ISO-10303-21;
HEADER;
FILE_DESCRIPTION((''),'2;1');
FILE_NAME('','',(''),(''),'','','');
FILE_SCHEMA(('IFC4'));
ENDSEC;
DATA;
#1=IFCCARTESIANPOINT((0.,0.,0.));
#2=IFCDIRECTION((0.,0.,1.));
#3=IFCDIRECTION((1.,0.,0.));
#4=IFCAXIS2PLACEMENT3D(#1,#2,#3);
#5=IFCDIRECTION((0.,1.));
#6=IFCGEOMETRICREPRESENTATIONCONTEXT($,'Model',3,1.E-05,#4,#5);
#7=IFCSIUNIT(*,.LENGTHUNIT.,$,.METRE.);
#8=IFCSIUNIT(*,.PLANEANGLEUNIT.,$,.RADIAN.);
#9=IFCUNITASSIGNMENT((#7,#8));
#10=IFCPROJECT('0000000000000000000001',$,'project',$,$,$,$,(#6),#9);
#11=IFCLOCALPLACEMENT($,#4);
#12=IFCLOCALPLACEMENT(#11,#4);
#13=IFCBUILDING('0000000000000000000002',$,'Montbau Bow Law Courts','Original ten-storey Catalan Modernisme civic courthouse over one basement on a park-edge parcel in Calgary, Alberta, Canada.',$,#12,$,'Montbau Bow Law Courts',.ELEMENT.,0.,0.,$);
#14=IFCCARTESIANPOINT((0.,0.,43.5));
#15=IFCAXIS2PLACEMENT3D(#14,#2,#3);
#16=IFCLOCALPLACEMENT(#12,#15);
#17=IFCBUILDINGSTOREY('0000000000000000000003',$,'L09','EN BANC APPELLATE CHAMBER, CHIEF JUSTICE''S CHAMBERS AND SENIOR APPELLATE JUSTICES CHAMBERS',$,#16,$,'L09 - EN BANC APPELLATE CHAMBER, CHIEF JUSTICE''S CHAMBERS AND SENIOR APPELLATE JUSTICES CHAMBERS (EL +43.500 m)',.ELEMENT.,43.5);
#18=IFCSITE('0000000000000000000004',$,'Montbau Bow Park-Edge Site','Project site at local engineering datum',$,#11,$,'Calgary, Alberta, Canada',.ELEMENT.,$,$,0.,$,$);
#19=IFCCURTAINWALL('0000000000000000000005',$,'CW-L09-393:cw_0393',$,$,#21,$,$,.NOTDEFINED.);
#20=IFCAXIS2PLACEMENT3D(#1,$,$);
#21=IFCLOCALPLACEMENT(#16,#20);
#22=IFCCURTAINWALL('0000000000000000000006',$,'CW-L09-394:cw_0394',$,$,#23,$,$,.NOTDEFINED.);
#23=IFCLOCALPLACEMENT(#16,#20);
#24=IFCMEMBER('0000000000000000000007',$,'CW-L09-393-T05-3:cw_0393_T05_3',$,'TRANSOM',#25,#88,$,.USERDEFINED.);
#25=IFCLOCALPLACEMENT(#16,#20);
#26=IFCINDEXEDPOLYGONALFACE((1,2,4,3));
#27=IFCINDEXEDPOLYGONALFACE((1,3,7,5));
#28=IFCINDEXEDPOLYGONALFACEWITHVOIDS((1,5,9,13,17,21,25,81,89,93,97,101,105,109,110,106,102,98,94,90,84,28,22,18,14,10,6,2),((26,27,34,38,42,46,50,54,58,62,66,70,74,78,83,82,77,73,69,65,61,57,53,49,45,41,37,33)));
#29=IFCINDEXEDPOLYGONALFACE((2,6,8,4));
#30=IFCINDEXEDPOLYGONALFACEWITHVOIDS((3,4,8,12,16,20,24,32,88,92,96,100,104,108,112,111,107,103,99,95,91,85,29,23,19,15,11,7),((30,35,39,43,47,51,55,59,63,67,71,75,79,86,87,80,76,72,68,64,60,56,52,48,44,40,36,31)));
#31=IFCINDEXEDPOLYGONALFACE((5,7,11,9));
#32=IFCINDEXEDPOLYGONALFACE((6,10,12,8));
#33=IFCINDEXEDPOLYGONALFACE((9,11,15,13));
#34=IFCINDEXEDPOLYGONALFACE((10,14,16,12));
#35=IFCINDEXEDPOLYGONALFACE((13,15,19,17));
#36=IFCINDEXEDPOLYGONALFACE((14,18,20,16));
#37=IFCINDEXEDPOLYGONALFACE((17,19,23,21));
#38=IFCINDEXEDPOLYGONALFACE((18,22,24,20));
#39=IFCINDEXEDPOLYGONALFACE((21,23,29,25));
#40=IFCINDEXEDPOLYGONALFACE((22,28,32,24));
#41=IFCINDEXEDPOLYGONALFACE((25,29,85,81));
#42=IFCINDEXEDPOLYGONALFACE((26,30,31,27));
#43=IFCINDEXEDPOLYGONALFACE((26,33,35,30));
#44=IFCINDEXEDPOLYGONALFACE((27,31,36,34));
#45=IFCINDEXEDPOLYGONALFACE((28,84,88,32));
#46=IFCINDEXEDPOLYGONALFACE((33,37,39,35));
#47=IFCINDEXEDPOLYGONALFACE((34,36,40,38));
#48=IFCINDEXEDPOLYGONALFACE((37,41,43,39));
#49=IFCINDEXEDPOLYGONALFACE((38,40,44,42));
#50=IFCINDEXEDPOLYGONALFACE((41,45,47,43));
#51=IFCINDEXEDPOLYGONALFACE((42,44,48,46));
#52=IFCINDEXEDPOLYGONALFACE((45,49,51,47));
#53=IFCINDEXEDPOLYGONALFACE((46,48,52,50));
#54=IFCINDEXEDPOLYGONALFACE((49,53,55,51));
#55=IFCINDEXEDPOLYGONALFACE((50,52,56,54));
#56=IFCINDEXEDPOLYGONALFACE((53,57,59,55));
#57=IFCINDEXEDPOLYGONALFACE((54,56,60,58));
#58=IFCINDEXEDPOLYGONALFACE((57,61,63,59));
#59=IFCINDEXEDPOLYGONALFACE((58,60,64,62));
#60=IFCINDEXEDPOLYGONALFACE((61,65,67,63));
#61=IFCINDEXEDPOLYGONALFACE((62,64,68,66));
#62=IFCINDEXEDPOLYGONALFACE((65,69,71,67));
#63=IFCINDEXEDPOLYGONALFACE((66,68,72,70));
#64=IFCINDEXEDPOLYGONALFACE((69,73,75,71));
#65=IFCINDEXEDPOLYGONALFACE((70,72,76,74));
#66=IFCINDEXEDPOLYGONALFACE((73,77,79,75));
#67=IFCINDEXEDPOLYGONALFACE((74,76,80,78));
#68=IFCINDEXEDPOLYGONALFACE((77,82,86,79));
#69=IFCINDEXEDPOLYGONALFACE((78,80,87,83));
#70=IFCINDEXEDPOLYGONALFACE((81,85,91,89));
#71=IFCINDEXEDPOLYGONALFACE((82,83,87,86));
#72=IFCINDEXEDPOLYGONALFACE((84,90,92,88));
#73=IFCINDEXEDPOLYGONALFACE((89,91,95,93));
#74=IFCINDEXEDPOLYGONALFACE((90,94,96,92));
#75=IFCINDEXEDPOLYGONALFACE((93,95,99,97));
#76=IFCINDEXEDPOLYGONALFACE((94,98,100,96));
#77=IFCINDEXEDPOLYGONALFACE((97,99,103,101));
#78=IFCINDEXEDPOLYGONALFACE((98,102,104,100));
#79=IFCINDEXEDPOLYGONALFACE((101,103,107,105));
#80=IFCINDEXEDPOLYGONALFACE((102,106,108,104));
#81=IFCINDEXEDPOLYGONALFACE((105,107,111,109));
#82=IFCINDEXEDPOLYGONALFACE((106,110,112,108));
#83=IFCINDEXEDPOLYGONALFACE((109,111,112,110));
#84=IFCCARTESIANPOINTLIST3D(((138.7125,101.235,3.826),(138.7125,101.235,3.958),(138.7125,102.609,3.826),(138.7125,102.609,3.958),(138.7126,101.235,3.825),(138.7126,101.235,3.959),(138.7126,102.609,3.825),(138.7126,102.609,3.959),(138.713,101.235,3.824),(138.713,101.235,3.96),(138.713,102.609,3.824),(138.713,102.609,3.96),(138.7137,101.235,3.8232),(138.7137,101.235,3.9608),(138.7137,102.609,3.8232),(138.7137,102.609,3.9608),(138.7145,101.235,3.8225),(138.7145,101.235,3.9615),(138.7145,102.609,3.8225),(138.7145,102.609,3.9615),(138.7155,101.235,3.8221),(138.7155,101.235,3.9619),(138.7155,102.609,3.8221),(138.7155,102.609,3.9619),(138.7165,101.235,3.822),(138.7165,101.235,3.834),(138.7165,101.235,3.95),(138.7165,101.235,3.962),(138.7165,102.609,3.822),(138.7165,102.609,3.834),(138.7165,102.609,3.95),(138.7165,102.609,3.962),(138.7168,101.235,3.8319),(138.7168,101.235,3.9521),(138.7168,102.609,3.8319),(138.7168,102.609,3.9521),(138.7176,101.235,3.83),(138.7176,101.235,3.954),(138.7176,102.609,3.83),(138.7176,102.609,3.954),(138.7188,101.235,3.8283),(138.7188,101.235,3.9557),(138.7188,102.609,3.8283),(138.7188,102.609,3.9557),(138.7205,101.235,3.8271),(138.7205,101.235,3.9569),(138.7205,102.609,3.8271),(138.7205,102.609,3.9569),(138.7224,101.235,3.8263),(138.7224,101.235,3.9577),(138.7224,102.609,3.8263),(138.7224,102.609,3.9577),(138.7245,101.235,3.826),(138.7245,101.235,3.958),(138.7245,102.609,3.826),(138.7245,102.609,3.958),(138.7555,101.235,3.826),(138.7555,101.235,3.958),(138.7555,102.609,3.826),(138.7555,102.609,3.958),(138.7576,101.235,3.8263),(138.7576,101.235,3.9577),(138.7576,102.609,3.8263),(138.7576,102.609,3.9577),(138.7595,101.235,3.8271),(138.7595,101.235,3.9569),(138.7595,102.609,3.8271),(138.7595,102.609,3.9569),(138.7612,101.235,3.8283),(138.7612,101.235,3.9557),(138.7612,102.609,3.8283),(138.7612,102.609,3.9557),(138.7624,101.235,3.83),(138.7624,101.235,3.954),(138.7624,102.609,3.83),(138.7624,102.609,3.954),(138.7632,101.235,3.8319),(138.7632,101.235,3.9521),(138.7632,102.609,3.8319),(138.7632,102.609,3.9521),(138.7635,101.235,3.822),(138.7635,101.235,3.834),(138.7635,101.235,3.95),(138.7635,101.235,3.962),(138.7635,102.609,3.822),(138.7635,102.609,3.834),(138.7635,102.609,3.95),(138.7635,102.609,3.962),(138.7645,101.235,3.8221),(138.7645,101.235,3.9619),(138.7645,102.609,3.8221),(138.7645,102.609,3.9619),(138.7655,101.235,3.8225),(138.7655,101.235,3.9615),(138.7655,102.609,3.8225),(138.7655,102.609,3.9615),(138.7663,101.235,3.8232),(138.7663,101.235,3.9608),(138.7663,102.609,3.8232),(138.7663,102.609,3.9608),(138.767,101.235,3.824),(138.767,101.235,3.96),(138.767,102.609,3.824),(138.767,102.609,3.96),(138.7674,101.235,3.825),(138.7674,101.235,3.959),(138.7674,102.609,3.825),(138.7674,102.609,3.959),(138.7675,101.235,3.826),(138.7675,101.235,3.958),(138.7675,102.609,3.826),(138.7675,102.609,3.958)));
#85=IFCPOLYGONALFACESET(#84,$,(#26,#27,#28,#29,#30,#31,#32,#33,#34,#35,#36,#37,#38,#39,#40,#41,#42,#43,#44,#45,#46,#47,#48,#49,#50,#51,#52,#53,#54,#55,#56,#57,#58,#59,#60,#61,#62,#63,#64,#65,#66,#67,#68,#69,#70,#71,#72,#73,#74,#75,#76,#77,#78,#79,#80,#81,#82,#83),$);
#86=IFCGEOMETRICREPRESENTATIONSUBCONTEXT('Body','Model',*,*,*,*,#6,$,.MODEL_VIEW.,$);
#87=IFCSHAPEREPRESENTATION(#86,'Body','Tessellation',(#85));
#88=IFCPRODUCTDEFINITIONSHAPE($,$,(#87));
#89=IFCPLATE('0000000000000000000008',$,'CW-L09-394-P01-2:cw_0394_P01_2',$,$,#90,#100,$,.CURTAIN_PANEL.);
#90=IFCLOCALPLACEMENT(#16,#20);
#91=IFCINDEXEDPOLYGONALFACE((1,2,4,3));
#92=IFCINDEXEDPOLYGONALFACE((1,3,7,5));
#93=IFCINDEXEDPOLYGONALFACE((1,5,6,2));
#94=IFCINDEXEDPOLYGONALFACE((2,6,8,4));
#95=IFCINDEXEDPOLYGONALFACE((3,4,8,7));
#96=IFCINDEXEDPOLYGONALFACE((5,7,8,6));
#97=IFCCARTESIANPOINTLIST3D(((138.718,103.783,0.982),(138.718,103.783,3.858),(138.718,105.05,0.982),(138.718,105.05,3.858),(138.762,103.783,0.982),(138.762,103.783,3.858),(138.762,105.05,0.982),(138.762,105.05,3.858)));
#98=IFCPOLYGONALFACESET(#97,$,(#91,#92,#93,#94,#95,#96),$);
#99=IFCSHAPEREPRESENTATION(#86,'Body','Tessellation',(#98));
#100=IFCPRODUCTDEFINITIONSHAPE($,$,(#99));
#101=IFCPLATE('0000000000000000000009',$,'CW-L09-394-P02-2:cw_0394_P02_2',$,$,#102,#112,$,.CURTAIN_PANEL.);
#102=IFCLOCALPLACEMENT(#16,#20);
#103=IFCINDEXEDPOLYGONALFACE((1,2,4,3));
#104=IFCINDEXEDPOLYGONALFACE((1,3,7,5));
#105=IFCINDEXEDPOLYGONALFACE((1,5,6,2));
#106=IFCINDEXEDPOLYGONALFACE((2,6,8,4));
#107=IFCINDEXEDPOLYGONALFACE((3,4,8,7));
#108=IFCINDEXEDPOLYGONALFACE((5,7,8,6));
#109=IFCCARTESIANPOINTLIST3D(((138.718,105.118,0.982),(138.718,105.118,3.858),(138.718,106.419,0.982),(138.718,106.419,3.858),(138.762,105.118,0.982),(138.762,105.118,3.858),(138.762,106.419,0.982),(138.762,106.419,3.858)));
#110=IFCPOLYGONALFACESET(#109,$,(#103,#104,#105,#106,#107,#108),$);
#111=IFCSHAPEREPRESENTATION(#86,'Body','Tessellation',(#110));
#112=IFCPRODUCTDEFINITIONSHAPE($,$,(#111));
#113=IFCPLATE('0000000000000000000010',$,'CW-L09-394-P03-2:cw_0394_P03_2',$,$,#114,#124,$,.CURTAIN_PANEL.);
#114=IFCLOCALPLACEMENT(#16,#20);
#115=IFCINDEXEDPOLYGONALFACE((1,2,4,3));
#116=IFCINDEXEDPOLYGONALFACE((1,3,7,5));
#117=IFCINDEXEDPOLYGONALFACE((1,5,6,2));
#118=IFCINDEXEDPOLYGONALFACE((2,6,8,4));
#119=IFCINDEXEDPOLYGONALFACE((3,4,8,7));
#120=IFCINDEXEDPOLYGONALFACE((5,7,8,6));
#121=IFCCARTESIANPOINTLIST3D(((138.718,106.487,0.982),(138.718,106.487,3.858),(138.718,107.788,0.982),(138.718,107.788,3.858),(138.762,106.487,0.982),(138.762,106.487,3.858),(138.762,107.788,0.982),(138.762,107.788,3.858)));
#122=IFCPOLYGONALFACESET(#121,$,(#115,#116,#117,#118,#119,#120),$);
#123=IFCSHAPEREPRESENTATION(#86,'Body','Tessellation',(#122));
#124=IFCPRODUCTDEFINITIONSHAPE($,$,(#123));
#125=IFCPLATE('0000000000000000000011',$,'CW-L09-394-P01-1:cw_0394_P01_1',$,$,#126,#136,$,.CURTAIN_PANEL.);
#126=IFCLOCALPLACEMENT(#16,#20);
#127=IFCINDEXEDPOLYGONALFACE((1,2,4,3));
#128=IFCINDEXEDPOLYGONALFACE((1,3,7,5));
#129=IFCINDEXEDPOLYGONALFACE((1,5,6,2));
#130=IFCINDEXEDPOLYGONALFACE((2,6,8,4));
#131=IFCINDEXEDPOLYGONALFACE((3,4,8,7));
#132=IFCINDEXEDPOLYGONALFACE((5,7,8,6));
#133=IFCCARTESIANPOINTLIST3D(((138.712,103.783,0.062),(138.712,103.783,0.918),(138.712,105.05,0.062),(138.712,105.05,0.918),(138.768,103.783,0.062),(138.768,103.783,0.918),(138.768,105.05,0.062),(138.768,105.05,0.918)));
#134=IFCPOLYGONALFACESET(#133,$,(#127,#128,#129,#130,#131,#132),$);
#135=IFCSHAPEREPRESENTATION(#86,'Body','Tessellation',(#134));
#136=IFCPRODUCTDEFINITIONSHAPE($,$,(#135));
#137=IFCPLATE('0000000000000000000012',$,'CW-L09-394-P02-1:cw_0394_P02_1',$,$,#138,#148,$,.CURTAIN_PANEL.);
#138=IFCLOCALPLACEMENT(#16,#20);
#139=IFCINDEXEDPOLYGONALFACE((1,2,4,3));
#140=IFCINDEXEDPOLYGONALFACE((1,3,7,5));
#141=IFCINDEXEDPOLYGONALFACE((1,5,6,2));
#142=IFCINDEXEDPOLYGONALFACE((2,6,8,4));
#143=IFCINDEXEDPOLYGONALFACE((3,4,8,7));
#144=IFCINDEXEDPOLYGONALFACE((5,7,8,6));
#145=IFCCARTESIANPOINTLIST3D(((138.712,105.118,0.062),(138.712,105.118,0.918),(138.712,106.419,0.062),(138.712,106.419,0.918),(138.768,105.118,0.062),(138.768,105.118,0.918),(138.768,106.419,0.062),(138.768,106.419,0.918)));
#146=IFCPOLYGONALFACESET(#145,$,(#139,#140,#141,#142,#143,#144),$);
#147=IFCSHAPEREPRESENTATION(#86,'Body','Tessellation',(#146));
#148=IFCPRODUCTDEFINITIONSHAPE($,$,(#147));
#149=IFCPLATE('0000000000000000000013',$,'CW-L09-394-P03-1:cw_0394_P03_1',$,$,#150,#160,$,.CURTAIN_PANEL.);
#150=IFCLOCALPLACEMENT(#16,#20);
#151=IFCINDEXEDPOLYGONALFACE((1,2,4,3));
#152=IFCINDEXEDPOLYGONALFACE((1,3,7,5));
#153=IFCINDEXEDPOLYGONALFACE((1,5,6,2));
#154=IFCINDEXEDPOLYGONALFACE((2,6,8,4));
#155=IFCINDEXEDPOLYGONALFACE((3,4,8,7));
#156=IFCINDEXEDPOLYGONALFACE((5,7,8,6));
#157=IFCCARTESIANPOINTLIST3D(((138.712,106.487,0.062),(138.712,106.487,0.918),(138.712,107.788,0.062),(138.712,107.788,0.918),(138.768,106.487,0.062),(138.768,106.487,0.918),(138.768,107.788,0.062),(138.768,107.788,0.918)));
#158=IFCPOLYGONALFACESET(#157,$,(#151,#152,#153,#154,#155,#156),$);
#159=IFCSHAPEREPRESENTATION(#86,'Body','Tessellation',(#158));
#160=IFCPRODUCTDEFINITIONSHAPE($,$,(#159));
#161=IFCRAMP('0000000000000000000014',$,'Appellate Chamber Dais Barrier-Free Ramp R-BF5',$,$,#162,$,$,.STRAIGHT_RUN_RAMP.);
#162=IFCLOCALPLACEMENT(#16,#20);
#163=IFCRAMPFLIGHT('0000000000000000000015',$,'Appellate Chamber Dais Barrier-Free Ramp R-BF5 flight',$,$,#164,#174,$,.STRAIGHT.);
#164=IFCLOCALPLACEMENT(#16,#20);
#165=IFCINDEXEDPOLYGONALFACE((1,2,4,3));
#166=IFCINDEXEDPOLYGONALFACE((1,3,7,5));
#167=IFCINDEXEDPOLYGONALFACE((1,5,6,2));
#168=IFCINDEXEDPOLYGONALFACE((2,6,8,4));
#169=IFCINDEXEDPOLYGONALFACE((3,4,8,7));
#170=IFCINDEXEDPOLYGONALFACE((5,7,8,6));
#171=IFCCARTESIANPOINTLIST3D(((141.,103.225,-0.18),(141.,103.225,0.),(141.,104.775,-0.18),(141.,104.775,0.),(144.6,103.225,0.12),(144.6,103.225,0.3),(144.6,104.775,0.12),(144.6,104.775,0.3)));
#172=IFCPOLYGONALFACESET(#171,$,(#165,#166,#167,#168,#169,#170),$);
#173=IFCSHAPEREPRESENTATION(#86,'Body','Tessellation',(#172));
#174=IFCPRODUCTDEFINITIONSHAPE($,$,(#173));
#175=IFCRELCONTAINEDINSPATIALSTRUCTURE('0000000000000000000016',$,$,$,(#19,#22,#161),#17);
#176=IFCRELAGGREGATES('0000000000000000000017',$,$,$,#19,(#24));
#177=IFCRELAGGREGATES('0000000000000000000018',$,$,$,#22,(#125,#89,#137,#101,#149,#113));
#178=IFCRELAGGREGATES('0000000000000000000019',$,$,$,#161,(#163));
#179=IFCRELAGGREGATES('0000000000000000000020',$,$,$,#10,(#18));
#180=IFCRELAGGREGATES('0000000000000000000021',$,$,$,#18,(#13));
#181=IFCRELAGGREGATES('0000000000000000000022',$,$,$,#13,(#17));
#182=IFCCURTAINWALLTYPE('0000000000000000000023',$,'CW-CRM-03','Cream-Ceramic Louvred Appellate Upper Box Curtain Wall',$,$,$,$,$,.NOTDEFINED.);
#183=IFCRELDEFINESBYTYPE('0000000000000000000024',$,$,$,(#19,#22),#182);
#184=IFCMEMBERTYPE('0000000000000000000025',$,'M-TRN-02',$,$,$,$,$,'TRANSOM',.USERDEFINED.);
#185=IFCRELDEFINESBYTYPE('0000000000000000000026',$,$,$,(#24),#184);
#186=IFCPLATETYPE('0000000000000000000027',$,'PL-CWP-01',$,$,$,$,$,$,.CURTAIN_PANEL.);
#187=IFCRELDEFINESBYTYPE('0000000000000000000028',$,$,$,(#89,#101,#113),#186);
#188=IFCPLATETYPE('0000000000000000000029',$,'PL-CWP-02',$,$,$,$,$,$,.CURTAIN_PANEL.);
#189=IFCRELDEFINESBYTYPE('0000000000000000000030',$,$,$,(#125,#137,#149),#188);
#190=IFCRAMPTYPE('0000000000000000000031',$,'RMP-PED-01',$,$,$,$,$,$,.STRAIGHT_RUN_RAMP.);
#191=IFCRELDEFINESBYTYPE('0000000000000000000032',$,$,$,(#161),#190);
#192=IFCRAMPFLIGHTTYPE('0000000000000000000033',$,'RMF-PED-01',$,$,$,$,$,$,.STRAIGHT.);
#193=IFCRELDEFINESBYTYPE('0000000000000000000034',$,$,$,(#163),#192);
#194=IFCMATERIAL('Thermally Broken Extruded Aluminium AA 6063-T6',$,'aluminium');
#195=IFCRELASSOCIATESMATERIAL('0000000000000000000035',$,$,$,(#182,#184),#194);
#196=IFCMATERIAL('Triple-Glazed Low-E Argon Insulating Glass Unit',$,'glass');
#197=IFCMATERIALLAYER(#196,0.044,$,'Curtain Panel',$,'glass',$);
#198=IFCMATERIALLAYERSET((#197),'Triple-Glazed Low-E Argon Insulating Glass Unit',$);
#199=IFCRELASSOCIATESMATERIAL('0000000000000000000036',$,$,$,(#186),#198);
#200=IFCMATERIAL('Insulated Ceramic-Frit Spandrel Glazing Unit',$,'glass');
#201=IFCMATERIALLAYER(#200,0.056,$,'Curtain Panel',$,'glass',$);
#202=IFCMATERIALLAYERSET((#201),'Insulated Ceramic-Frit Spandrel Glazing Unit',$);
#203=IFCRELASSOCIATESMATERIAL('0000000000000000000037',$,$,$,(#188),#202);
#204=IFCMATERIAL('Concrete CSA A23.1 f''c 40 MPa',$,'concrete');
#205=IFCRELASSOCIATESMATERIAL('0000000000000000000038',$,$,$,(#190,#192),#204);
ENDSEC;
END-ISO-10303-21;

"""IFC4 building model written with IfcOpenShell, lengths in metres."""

from ifc_helpers import new_model, si_unit, direction, frame, frame_2d, origin_with_axes, origin_2d_with_axis, place, context, subcontext, project, spatial, polyline, rectangle, hollow_rectangle, outline, extrude, material, layer, layer_set, material_profile, profile_set, type_object, element, aggregate, save


model = new_model("IFC4")

# Units and contexts
model_context = context("Model", 3, precision=1e-05, world=origin_with_axes(), true_north=direction((0.0, 1.0)))
body_context = subcontext(model_context, "Body", "Model", "MODEL_VIEW")
ifc_project = project(units=[si_unit("LENGTHUNIT", "METRE"), si_unit("PLANEANGLEUNIT", "RADIAN")], contexts=[model_context])

# Site, building, storey
site_placement = place(None, origin_with_axes())
site = spatial("IfcSite", under=ifc_project, at=site_placement, Name="Montbau Bow Park-Edge Site", Description="Project site at local engineering datum", LongName="Calgary, Alberta, Canada", CompositionType="ELEMENT", RefElevation=0.0)
building_placement = place(site_placement, origin_with_axes())
building = spatial("IfcBuilding", under=site, at=building_placement, Name="Montbau Bow Law Courts", Description="Original ten-storey Catalan Modernisme civic courthouse over one basement on a park-edge parcel in Calgary, Alberta, Canada.", LongName="Montbau Bow Law Courts", CompositionType="ELEMENT", ElevationOfRefHeight=0.0, ElevationOfTerrain=0.0)
storey_placement = place(building_placement, frame((0.0, 0.0, 43.5), z_axis=(0.0, 0.0, 1.0), x_axis=(1.0, 0.0, 0.0)))
storey = spatial("IfcBuildingStorey", under=building, at=storey_placement, Name="L09", Description="EN BANC APPELLATE CHAMBER, CHIEF JUSTICE'S CHAMBERS AND SENIOR APPELLATE JUSTICES CHAMBERS", LongName="L09 - EN BANC APPELLATE CHAMBER, CHIEF JUSTICE'S CHAMBERS AND SENIOR APPELLATE JUSTICES CHAMBERS (EL +43.500 m)", CompositionType="ELEMENT", Elevation=43.5)

# Curtain wall
ifc_material_1 = material(Name="Thermally Broken Extruded Aluminium AA 6063-T6", Category="aluminium")
curtain_wall_type = type_object("IfcCurtainWallType", Name="CW-CRM-03", Description="Cream-Ceramic Louvred Appellate Upper Box Curtain Wall", PredefinedType="NOTDEFINED", material=ifc_material_1)
curtain_wall_1_placement = place(None, frame((138.74, 95.24, 43.5), z_axis=(0.0, 0.0, 1.0), x_axis=(1.0, 0.0, 0.0)))
curtain_wall_1 = element("IfcCurtainWall", 1, at=curtain_wall_1_placement, inside=storey, type_object=curtain_wall_type, Name="CW-L09-393:cw_0393", PredefinedType="NOTDEFINED")

# Curtain wall
curtain_wall_2_placement = place(None, frame((138.74, 103.715, 43.5), z_axis=(0.0, 0.0, 1.0), x_axis=(1.0, 0.0, 0.0)))
curtain_wall_2 = element("IfcCurtainWall", 2, at=curtain_wall_2_placement, inside=storey, type_object=curtain_wall_type, Name="CW-L09-394:cw_0394", PredefinedType="NOTDEFINED")

# Member
ifc_material_profile_1 = material_profile(ifc_material_1, hollow_rectangle(XDim=0.055, YDim=0.14, WallThickness=0.004, InnerFilletRadius=0.008, OuterFilletRadius=0.004, at=origin_2d_with_axis()), Name="CWT-140X55", Category="Main", Priority=0)
ifc_profile_set_1 = profile_set([ifc_material_profile_1], Name="Thermally Broken Extruded Aluminium AA 6063-T6")
member_type_1 = type_object("IfcMemberType", Name="M-TRN-02", ElementType="TRANSOM", PredefinedType="USERDEFINED", material=ifc_profile_set_1)
member_1_placement = place(None, frame((138.74, 101.235, 47.392), z_axis=(0.0, 1.0, 0.0), x_axis=(-1.0, 0.0, 0.0)))
member_1 = element("IfcMember", 3, at=member_1_placement, type_object=member_type_1, Name="CW-L09-393-T05-3:cw_0393_T05_3", ObjectType="TRANSOM", PredefinedType="USERDEFINED", context=body_context, shape_type="SweptSolid", body=[
    extrude(hollow_rectangle(XDim=0.055, YDim=0.14, WallThickness=0.004, InnerFilletRadius=0.008, OuterFilletRadius=0.004, at=origin_2d_with_axis()), origin_with_axes(), (0.0, 0.0, 1.0), 1.374),
])
aggregate(curtain_wall_1, [member_1])

# Plates
ifc_material_2 = material(Name="Triple-Glazed Low-E Argon Insulating Glass Unit", Category="glass")
ifc_layer_1 = layer(ifc_material_2, 0.044, Name="Curtain Panel", Category="glass")
ifc_layer_set_1 = layer_set([ifc_layer_1], Name="Triple-Glazed Low-E Argon Insulating Glass Unit")
plate_type_1 = type_object("IfcPlateType", Name="PL-CWP-01", PredefinedType="CURTAIN_PANEL", material=ifc_layer_set_1)
plate_1_placement = place(None, frame((138.74, 103.783, 44.482), z_axis=(1.0, 0.0, 0.0), x_axis=(0.0, 1.0, 0.0)))
plate_1 = element("IfcPlate", 4, at=plate_1_placement, type_object=plate_type_1, Name="CW-L09-394-P01-2:cw_0394_P01_2", PredefinedType="CURTAIN_PANEL", context=body_context, shape_type="SweptSolid", body=[
    extrude(rectangle(XDim=1.267, YDim=2.876, at=frame_2d((0.6335, 1.438), x_axis=(1.0, 0.0))), frame((0.0, 0.0, -0.022), z_axis=(0.0, 0.0, 1.0), x_axis=(1.0, 0.0, 0.0)), (0.0, 0.0, 1.0), 0.044),
])
plate_2_placement = place(None, frame((138.74, 105.118, 44.482), z_axis=(1.0, 0.0, 0.0), x_axis=(0.0, 1.0, 0.0)))
plate_2 = element("IfcPlate", 5, at=plate_2_placement, type_object=plate_type_1, Name="CW-L09-394-P02-2:cw_0394_P02_2", PredefinedType="CURTAIN_PANEL", context=body_context, shape_type="SweptSolid", body=[
    extrude(rectangle(XDim=1.301, YDim=2.876, at=frame_2d((0.6505, 1.438), x_axis=(1.0, 0.0))), frame((0.0, 0.0, -0.022), z_axis=(0.0, 0.0, 1.0), x_axis=(1.0, 0.0, 0.0)), (0.0, 0.0, 1.0), 0.044),
])
plate_3_placement = place(None, frame((138.74, 106.487, 44.482), z_axis=(1.0, 0.0, 0.0), x_axis=(0.0, 1.0, 0.0)))
plate_3 = element("IfcPlate", 6, at=plate_3_placement, type_object=plate_type_1, Name="CW-L09-394-P03-2:cw_0394_P03_2", PredefinedType="CURTAIN_PANEL", context=body_context, shape_type="SweptSolid", body=[
    extrude(rectangle(XDim=1.301, YDim=2.876, at=frame_2d((0.6505, 1.438), x_axis=(1.0, 0.0))), frame((0.0, 0.0, -0.022), z_axis=(0.0, 0.0, 1.0), x_axis=(1.0, 0.0, 0.0)), (0.0, 0.0, 1.0), 0.044),
])
ifc_material_3 = material(Name="Insulated Ceramic-Frit Spandrel Glazing Unit", Category="glass")
ifc_layer_2 = layer(ifc_material_3, 0.056, Name="Curtain Panel", Category="glass")
ifc_layer_set_2 = layer_set([ifc_layer_2], Name="Insulated Ceramic-Frit Spandrel Glazing Unit")
plate_type_2 = type_object("IfcPlateType", Name="PL-CWP-02", PredefinedType="CURTAIN_PANEL", material=ifc_layer_set_2)
plate_4_placement = place(None, frame((138.74, 103.783, 43.562), z_axis=(1.0, 0.0, 0.0), x_axis=(0.0, 1.0, 0.0)))
plate_4 = element("IfcPlate", 7, at=plate_4_placement, type_object=plate_type_2, Name="CW-L09-394-P01-1:cw_0394_P01_1", PredefinedType="CURTAIN_PANEL", context=body_context, shape_type="SweptSolid", body=[
    extrude(rectangle(XDim=1.267, YDim=0.856, at=frame_2d((0.6335, 0.428), x_axis=(1.0, 0.0))), frame((0.0, 0.0, -0.028), z_axis=(0.0, 0.0, 1.0), x_axis=(1.0, 0.0, 0.0)), (0.0, 0.0, 1.0), 0.056),
])
plate_5_placement = place(None, frame((138.74, 105.118, 43.562), z_axis=(1.0, 0.0, 0.0), x_axis=(0.0, 1.0, 0.0)))
plate_5 = element("IfcPlate", 8, at=plate_5_placement, type_object=plate_type_2, Name="CW-L09-394-P02-1:cw_0394_P02_1", PredefinedType="CURTAIN_PANEL", context=body_context, shape_type="SweptSolid", body=[
    extrude(rectangle(XDim=1.301, YDim=0.856, at=frame_2d((0.6505, 0.428), x_axis=(1.0, 0.0))), frame((0.0, 0.0, -0.028), z_axis=(0.0, 0.0, 1.0), x_axis=(1.0, 0.0, 0.0)), (0.0, 0.0, 1.0), 0.056),
])
plate_6_placement = place(None, frame((138.74, 106.487, 43.562), z_axis=(1.0, 0.0, 0.0), x_axis=(0.0, 1.0, 0.0)))
plate_6 = element("IfcPlate", 9, at=plate_6_placement, type_object=plate_type_2, Name="CW-L09-394-P03-1:cw_0394_P03_1", PredefinedType="CURTAIN_PANEL", context=body_context, shape_type="SweptSolid", body=[
    extrude(rectangle(XDim=1.301, YDim=0.856, at=frame_2d((0.6505, 0.428), x_axis=(1.0, 0.0))), frame((0.0, 0.0, -0.028), z_axis=(0.0, 0.0, 1.0), x_axis=(1.0, 0.0, 0.0)), (0.0, 0.0, 1.0), 0.056),
])
aggregate(curtain_wall_2, [plate_4, plate_1, plate_5, plate_2, plate_6, plate_3])

# Ramp, ramp flight
ifc_material_4 = material(Name="Concrete CSA A23.1 f'c 40 MPa", Category="concrete")
ramp_type = type_object("IfcRampType", Name="RMP-PED-01", PredefinedType="STRAIGHT_RUN_RAMP", material=ifc_material_4)
ramp_placement = place(None, frame((141.0, 104.0, 43.5), z_axis=(0.0, 0.0, 1.0), x_axis=(1.0, 0.0, 0.0)))
ramp = element("IfcRamp", 10, at=ramp_placement, inside=storey, type_object=ramp_type, Name="Appellate Chamber Dais Barrier-Free Ramp R-BF5", PredefinedType="STRAIGHT_RUN_RAMP")
ramp_flight_type = type_object("IfcRampFlightType", Name="RMF-PED-01", PredefinedType="STRAIGHT", material=ifc_material_4)
ramp_flight_placement = place(None, frame((141.0, 104.0, 43.5), z_axis=(0.0, 0.0, 1.0), x_axis=(1.0, 0.0, 0.0)))
ramp_flight = element("IfcRampFlight", 11, at=ramp_flight_placement, type_object=ramp_flight_type, Name="Appellate Chamber Dais Barrier-Free Ramp R-BF5 flight", PredefinedType="STRAIGHT", context=body_context, shape_type="SweptSolid", body=[
    extrude(outline(polyline([(0.0, 0.0), (3.6, 0.3), (3.6, 0.12), (0.0, -0.18), (0.0, 0.0)])), frame((0.0, 0.775, 0.0), z_axis=(0.0, -1.0, 0.0), x_axis=(1.0, 0.0, 0.0)), (0.0, 0.0, 1.0), 1.55),
])
aggregate(ramp, [ramp_flight])

save(model, "model.ifc")
